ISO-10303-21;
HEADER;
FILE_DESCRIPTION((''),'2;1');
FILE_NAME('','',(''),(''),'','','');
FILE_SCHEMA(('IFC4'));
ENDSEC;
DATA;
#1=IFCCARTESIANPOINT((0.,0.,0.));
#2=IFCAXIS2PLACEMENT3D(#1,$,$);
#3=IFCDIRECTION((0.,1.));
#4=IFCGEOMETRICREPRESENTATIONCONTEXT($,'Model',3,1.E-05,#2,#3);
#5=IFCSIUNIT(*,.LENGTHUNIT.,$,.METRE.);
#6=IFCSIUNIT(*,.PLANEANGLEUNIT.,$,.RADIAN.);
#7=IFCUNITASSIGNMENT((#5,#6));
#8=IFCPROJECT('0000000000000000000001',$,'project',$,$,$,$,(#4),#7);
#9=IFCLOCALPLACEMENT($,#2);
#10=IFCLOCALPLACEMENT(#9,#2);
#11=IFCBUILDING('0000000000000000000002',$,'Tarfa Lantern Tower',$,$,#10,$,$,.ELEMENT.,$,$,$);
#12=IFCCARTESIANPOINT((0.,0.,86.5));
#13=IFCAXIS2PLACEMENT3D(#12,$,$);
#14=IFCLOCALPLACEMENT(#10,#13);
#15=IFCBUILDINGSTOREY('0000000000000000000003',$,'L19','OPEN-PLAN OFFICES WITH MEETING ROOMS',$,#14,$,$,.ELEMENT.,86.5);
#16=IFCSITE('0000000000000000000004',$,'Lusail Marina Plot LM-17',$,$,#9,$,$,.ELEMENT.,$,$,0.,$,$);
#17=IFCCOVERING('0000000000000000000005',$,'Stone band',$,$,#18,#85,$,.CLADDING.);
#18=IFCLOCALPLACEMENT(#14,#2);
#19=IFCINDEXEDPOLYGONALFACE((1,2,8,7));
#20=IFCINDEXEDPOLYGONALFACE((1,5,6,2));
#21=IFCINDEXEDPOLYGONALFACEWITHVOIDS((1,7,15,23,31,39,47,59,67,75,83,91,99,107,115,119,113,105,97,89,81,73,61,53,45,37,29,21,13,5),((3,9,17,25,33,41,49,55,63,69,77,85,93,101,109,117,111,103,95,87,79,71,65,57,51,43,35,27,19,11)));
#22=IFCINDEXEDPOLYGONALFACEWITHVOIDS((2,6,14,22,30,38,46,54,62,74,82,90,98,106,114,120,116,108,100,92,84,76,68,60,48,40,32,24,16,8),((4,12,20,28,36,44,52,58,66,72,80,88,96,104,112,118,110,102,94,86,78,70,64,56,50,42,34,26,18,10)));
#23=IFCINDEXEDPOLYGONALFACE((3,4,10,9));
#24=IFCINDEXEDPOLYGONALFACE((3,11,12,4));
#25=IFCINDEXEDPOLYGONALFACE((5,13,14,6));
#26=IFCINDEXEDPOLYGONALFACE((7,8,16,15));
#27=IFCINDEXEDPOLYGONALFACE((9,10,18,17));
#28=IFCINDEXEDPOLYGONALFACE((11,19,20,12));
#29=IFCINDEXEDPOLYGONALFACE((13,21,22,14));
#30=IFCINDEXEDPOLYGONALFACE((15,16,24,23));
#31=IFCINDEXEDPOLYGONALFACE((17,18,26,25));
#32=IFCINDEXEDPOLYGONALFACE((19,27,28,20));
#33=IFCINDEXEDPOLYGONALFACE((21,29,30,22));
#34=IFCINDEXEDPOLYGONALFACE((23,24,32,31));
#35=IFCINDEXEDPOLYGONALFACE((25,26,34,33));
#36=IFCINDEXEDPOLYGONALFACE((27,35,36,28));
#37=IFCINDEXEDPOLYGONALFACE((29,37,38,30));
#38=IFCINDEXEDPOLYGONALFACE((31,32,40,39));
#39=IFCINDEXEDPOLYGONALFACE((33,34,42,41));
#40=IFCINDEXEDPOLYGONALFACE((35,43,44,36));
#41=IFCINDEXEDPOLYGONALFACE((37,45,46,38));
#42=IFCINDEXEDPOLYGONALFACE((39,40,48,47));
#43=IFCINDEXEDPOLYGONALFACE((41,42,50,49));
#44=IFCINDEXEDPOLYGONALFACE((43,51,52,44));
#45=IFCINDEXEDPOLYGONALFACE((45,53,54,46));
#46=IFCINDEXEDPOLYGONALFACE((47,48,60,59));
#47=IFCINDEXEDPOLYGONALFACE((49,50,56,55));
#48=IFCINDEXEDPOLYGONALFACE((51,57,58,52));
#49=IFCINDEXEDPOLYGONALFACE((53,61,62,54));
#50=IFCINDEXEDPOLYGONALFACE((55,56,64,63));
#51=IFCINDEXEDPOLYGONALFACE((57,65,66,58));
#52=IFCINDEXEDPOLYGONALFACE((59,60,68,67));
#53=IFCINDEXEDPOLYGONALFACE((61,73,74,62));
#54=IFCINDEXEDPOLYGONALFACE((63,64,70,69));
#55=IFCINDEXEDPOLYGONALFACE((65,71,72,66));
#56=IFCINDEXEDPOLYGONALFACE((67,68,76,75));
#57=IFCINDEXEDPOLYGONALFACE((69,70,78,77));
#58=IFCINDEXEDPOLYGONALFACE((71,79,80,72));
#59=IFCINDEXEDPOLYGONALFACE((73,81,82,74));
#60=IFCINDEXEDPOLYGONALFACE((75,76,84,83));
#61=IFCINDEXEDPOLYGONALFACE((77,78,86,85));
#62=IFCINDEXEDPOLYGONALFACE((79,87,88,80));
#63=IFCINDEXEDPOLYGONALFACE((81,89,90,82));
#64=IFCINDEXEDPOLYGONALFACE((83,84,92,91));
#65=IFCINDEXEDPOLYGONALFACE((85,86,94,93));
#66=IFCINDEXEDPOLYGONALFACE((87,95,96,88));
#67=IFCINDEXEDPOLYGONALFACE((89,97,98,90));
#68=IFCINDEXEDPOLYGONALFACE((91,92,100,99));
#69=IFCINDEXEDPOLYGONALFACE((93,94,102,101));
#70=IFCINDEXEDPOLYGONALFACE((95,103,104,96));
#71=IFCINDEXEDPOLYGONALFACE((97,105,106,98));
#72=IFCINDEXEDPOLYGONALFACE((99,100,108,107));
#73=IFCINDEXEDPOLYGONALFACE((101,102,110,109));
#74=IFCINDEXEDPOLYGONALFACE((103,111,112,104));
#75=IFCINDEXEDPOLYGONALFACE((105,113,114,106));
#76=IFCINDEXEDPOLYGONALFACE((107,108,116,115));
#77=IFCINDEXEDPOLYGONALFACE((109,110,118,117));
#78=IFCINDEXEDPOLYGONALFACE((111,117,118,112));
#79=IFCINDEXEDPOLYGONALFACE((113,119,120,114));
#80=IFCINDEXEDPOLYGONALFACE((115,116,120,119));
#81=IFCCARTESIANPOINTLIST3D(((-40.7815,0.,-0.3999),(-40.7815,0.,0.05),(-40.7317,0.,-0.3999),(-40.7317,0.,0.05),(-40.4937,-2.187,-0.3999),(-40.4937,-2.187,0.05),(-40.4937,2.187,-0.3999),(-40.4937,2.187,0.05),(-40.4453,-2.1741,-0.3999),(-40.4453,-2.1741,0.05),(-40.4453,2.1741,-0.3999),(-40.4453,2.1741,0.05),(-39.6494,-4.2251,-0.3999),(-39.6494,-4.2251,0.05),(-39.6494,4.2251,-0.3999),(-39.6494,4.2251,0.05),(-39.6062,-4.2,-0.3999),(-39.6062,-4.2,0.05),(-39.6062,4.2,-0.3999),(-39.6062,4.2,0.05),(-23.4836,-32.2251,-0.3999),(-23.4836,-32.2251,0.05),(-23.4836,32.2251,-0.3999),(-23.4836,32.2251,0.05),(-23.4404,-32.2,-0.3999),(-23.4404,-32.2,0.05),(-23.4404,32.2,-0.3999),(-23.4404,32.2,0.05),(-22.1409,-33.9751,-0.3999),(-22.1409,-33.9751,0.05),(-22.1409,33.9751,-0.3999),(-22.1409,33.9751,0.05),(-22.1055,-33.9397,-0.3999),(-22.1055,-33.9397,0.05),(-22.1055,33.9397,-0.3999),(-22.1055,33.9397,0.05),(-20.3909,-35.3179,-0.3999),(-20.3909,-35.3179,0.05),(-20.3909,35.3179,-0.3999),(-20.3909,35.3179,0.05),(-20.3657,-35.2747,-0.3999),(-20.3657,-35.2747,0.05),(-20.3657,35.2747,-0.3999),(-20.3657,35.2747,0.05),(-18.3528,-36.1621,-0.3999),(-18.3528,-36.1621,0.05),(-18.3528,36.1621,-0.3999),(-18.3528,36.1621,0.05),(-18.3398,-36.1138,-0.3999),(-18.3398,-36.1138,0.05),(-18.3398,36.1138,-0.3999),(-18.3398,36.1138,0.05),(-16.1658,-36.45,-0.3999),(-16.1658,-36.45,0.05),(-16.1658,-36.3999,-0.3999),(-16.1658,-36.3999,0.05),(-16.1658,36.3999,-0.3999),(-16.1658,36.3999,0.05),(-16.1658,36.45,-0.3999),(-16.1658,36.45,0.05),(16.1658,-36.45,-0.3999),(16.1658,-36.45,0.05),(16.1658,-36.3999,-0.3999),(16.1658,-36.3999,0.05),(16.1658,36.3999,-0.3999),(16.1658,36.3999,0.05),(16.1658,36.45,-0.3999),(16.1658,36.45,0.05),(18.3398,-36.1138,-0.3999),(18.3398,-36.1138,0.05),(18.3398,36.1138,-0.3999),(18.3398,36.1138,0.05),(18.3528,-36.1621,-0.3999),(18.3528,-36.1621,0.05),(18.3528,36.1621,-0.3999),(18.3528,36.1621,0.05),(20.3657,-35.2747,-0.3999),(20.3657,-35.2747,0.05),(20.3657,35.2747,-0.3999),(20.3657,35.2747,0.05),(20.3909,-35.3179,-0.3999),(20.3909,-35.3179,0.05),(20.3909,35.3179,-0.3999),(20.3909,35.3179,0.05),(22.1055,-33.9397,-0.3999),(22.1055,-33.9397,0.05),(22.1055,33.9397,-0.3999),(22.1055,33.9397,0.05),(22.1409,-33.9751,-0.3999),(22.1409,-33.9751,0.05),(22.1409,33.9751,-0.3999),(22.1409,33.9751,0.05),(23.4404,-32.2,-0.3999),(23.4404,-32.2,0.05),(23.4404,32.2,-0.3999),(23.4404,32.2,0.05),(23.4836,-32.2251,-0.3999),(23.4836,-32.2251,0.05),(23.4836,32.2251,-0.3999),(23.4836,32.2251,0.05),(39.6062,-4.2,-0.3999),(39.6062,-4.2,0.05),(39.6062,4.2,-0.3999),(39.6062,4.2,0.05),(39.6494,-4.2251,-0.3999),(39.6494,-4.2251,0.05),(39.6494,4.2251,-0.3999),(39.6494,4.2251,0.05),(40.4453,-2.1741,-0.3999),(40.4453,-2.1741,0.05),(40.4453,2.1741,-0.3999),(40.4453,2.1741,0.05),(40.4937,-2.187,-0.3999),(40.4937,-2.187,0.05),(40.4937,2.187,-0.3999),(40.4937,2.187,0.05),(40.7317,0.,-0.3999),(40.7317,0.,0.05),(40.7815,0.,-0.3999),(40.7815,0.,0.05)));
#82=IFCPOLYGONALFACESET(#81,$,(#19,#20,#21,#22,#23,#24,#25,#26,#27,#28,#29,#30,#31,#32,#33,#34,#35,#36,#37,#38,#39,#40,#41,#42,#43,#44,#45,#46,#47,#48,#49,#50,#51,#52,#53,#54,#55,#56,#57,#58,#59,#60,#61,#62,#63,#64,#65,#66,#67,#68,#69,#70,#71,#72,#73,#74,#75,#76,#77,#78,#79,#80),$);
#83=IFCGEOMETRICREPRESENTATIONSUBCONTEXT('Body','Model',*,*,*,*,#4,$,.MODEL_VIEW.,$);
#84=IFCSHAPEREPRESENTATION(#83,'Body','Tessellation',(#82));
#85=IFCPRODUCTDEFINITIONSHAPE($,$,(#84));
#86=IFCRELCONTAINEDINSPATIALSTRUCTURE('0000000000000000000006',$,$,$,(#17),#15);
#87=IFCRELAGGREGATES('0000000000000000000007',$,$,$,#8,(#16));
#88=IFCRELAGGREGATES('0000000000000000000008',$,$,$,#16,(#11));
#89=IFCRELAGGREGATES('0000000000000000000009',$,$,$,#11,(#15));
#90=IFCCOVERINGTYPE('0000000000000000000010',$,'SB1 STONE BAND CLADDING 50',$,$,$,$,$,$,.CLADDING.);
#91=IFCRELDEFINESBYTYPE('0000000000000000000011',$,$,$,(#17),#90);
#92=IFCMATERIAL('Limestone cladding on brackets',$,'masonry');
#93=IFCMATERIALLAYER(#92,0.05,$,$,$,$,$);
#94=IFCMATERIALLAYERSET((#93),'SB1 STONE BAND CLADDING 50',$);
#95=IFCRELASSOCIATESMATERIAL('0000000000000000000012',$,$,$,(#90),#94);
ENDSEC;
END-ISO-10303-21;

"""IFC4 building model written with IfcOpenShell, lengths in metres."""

from ifc_helpers import new_model, si_unit, direction, frame, origin, place, context, subcontext, project, spatial, polyline, outline, extrude, material, layer, layer_set, type_object, element, save


model = new_model("IFC4")

# Units and contexts
model_context = context("Model", 3, precision=1e-05, world=origin(), true_north=direction((0.0, 1.0)))
body_context = subcontext(model_context, "Body", "Model", "MODEL_VIEW")
ifc_project = project(units=[si_unit("LENGTHUNIT", "METRE"), si_unit("PLANEANGLEUNIT", "RADIAN")], contexts=[model_context])

# Site, building, storey
site_placement = place(None, origin())
site = spatial("IfcSite", under=ifc_project, at=site_placement, Name="Lusail Marina Plot LM-17", CompositionType="ELEMENT", RefElevation=0.0)
building_placement = place(site_placement, origin())
building = spatial("IfcBuilding", under=site, at=building_placement, Name="Tarfa Lantern Tower", CompositionType="ELEMENT")
storey_placement = place(building_placement, frame((0.0, 0.0, 86.5)))
storey = spatial("IfcBuildingStorey", under=building, at=storey_placement, Name="L19", Description="OPEN-PLAN OFFICES WITH MEETING ROOMS", CompositionType="ELEMENT", Elevation=86.5)

# Covering
ifc_material_1 = material(Name="Limestone cladding on brackets", Category="masonry")
ifc_layer_1 = layer(ifc_material_1, 0.05)
ifc_layer_set_1 = layer_set([ifc_layer_1], Name="SB1 STONE BAND CLADDING 50")
covering_type_1 = type_object("IfcCoveringType", Name="SB1 STONE BAND CLADDING 50", PredefinedType="CLADDING", material=ifc_layer_set_1)
covering_1_placement = place(storey_placement, frame((0.0, 0.0, -0.3999)))
element("IfcCovering", 1, at=covering_1_placement, inside=storey, type_object=covering_type_1, Name="Stone band", PredefinedType="CLADDING", context=body_context, shape_type="SweptSolid", body=[
    extrude(outline(polyline([(39.6494, 4.2251), (23.4836, 32.2251), (22.1409, 33.9751), (20.3909, 35.3179), (18.3528, 36.1621), (16.1658, 36.45), (-16.1658, 36.45), (-18.3528, 36.1621), (-20.3909, 35.3179), (-22.1409, 33.9751), (-23.4836, 32.2251), (-39.6494, 4.2251), (-40.4937, 2.187), (-40.7815, 0.0), (-40.4937, -2.187), (-39.6494, -4.2251), (-23.4836, -32.2251), (-22.1409, -33.9751), (-20.3909, -35.3179), (-18.3528, -36.1621), (-16.1658, -36.45), (16.1658, -36.45), (18.3528, -36.1621), (20.3909, -35.3179), (22.1409, -33.9751), (23.4836, -32.2251), (39.6494, -4.2251), (40.4937, -2.187), (40.7815, 0.0), (40.4937, 2.187), (39.6494, 4.2251)]), holes=[polyline([(39.6062, 4.2), (23.4404, 32.2), (22.1055, 33.9397), (20.3657, 35.2747), (18.3398, 36.1138), (16.1658, 36.3999), (-16.1658, 36.3999), (-18.3398, 36.1138), (-20.3657, 35.2747), (-22.1055, 33.9397), (-23.4404, 32.2), (-39.6062, 4.2), (-40.4453, 2.1741), (-40.7317, 0.0), (-40.4453, -2.1741), (-39.6062, -4.2), (-23.4404, -32.2), (-22.1055, -33.9397), (-20.3657, -35.2747), (-18.3398, -36.1138), (-16.1658, -36.3999), (16.1658, -36.3999), (18.3398, -36.1138), (20.3657, -35.2747), (22.1055, -33.9397), (23.4404, -32.2), (39.6062, -4.2), (40.4453, -2.1741), (40.7317, 0.0), (40.4453, 2.1741), (39.6062, 4.2)])]), origin(), (0.0, 0.0, 1.0), 0.45),
])

save(model, "model.ifc")
